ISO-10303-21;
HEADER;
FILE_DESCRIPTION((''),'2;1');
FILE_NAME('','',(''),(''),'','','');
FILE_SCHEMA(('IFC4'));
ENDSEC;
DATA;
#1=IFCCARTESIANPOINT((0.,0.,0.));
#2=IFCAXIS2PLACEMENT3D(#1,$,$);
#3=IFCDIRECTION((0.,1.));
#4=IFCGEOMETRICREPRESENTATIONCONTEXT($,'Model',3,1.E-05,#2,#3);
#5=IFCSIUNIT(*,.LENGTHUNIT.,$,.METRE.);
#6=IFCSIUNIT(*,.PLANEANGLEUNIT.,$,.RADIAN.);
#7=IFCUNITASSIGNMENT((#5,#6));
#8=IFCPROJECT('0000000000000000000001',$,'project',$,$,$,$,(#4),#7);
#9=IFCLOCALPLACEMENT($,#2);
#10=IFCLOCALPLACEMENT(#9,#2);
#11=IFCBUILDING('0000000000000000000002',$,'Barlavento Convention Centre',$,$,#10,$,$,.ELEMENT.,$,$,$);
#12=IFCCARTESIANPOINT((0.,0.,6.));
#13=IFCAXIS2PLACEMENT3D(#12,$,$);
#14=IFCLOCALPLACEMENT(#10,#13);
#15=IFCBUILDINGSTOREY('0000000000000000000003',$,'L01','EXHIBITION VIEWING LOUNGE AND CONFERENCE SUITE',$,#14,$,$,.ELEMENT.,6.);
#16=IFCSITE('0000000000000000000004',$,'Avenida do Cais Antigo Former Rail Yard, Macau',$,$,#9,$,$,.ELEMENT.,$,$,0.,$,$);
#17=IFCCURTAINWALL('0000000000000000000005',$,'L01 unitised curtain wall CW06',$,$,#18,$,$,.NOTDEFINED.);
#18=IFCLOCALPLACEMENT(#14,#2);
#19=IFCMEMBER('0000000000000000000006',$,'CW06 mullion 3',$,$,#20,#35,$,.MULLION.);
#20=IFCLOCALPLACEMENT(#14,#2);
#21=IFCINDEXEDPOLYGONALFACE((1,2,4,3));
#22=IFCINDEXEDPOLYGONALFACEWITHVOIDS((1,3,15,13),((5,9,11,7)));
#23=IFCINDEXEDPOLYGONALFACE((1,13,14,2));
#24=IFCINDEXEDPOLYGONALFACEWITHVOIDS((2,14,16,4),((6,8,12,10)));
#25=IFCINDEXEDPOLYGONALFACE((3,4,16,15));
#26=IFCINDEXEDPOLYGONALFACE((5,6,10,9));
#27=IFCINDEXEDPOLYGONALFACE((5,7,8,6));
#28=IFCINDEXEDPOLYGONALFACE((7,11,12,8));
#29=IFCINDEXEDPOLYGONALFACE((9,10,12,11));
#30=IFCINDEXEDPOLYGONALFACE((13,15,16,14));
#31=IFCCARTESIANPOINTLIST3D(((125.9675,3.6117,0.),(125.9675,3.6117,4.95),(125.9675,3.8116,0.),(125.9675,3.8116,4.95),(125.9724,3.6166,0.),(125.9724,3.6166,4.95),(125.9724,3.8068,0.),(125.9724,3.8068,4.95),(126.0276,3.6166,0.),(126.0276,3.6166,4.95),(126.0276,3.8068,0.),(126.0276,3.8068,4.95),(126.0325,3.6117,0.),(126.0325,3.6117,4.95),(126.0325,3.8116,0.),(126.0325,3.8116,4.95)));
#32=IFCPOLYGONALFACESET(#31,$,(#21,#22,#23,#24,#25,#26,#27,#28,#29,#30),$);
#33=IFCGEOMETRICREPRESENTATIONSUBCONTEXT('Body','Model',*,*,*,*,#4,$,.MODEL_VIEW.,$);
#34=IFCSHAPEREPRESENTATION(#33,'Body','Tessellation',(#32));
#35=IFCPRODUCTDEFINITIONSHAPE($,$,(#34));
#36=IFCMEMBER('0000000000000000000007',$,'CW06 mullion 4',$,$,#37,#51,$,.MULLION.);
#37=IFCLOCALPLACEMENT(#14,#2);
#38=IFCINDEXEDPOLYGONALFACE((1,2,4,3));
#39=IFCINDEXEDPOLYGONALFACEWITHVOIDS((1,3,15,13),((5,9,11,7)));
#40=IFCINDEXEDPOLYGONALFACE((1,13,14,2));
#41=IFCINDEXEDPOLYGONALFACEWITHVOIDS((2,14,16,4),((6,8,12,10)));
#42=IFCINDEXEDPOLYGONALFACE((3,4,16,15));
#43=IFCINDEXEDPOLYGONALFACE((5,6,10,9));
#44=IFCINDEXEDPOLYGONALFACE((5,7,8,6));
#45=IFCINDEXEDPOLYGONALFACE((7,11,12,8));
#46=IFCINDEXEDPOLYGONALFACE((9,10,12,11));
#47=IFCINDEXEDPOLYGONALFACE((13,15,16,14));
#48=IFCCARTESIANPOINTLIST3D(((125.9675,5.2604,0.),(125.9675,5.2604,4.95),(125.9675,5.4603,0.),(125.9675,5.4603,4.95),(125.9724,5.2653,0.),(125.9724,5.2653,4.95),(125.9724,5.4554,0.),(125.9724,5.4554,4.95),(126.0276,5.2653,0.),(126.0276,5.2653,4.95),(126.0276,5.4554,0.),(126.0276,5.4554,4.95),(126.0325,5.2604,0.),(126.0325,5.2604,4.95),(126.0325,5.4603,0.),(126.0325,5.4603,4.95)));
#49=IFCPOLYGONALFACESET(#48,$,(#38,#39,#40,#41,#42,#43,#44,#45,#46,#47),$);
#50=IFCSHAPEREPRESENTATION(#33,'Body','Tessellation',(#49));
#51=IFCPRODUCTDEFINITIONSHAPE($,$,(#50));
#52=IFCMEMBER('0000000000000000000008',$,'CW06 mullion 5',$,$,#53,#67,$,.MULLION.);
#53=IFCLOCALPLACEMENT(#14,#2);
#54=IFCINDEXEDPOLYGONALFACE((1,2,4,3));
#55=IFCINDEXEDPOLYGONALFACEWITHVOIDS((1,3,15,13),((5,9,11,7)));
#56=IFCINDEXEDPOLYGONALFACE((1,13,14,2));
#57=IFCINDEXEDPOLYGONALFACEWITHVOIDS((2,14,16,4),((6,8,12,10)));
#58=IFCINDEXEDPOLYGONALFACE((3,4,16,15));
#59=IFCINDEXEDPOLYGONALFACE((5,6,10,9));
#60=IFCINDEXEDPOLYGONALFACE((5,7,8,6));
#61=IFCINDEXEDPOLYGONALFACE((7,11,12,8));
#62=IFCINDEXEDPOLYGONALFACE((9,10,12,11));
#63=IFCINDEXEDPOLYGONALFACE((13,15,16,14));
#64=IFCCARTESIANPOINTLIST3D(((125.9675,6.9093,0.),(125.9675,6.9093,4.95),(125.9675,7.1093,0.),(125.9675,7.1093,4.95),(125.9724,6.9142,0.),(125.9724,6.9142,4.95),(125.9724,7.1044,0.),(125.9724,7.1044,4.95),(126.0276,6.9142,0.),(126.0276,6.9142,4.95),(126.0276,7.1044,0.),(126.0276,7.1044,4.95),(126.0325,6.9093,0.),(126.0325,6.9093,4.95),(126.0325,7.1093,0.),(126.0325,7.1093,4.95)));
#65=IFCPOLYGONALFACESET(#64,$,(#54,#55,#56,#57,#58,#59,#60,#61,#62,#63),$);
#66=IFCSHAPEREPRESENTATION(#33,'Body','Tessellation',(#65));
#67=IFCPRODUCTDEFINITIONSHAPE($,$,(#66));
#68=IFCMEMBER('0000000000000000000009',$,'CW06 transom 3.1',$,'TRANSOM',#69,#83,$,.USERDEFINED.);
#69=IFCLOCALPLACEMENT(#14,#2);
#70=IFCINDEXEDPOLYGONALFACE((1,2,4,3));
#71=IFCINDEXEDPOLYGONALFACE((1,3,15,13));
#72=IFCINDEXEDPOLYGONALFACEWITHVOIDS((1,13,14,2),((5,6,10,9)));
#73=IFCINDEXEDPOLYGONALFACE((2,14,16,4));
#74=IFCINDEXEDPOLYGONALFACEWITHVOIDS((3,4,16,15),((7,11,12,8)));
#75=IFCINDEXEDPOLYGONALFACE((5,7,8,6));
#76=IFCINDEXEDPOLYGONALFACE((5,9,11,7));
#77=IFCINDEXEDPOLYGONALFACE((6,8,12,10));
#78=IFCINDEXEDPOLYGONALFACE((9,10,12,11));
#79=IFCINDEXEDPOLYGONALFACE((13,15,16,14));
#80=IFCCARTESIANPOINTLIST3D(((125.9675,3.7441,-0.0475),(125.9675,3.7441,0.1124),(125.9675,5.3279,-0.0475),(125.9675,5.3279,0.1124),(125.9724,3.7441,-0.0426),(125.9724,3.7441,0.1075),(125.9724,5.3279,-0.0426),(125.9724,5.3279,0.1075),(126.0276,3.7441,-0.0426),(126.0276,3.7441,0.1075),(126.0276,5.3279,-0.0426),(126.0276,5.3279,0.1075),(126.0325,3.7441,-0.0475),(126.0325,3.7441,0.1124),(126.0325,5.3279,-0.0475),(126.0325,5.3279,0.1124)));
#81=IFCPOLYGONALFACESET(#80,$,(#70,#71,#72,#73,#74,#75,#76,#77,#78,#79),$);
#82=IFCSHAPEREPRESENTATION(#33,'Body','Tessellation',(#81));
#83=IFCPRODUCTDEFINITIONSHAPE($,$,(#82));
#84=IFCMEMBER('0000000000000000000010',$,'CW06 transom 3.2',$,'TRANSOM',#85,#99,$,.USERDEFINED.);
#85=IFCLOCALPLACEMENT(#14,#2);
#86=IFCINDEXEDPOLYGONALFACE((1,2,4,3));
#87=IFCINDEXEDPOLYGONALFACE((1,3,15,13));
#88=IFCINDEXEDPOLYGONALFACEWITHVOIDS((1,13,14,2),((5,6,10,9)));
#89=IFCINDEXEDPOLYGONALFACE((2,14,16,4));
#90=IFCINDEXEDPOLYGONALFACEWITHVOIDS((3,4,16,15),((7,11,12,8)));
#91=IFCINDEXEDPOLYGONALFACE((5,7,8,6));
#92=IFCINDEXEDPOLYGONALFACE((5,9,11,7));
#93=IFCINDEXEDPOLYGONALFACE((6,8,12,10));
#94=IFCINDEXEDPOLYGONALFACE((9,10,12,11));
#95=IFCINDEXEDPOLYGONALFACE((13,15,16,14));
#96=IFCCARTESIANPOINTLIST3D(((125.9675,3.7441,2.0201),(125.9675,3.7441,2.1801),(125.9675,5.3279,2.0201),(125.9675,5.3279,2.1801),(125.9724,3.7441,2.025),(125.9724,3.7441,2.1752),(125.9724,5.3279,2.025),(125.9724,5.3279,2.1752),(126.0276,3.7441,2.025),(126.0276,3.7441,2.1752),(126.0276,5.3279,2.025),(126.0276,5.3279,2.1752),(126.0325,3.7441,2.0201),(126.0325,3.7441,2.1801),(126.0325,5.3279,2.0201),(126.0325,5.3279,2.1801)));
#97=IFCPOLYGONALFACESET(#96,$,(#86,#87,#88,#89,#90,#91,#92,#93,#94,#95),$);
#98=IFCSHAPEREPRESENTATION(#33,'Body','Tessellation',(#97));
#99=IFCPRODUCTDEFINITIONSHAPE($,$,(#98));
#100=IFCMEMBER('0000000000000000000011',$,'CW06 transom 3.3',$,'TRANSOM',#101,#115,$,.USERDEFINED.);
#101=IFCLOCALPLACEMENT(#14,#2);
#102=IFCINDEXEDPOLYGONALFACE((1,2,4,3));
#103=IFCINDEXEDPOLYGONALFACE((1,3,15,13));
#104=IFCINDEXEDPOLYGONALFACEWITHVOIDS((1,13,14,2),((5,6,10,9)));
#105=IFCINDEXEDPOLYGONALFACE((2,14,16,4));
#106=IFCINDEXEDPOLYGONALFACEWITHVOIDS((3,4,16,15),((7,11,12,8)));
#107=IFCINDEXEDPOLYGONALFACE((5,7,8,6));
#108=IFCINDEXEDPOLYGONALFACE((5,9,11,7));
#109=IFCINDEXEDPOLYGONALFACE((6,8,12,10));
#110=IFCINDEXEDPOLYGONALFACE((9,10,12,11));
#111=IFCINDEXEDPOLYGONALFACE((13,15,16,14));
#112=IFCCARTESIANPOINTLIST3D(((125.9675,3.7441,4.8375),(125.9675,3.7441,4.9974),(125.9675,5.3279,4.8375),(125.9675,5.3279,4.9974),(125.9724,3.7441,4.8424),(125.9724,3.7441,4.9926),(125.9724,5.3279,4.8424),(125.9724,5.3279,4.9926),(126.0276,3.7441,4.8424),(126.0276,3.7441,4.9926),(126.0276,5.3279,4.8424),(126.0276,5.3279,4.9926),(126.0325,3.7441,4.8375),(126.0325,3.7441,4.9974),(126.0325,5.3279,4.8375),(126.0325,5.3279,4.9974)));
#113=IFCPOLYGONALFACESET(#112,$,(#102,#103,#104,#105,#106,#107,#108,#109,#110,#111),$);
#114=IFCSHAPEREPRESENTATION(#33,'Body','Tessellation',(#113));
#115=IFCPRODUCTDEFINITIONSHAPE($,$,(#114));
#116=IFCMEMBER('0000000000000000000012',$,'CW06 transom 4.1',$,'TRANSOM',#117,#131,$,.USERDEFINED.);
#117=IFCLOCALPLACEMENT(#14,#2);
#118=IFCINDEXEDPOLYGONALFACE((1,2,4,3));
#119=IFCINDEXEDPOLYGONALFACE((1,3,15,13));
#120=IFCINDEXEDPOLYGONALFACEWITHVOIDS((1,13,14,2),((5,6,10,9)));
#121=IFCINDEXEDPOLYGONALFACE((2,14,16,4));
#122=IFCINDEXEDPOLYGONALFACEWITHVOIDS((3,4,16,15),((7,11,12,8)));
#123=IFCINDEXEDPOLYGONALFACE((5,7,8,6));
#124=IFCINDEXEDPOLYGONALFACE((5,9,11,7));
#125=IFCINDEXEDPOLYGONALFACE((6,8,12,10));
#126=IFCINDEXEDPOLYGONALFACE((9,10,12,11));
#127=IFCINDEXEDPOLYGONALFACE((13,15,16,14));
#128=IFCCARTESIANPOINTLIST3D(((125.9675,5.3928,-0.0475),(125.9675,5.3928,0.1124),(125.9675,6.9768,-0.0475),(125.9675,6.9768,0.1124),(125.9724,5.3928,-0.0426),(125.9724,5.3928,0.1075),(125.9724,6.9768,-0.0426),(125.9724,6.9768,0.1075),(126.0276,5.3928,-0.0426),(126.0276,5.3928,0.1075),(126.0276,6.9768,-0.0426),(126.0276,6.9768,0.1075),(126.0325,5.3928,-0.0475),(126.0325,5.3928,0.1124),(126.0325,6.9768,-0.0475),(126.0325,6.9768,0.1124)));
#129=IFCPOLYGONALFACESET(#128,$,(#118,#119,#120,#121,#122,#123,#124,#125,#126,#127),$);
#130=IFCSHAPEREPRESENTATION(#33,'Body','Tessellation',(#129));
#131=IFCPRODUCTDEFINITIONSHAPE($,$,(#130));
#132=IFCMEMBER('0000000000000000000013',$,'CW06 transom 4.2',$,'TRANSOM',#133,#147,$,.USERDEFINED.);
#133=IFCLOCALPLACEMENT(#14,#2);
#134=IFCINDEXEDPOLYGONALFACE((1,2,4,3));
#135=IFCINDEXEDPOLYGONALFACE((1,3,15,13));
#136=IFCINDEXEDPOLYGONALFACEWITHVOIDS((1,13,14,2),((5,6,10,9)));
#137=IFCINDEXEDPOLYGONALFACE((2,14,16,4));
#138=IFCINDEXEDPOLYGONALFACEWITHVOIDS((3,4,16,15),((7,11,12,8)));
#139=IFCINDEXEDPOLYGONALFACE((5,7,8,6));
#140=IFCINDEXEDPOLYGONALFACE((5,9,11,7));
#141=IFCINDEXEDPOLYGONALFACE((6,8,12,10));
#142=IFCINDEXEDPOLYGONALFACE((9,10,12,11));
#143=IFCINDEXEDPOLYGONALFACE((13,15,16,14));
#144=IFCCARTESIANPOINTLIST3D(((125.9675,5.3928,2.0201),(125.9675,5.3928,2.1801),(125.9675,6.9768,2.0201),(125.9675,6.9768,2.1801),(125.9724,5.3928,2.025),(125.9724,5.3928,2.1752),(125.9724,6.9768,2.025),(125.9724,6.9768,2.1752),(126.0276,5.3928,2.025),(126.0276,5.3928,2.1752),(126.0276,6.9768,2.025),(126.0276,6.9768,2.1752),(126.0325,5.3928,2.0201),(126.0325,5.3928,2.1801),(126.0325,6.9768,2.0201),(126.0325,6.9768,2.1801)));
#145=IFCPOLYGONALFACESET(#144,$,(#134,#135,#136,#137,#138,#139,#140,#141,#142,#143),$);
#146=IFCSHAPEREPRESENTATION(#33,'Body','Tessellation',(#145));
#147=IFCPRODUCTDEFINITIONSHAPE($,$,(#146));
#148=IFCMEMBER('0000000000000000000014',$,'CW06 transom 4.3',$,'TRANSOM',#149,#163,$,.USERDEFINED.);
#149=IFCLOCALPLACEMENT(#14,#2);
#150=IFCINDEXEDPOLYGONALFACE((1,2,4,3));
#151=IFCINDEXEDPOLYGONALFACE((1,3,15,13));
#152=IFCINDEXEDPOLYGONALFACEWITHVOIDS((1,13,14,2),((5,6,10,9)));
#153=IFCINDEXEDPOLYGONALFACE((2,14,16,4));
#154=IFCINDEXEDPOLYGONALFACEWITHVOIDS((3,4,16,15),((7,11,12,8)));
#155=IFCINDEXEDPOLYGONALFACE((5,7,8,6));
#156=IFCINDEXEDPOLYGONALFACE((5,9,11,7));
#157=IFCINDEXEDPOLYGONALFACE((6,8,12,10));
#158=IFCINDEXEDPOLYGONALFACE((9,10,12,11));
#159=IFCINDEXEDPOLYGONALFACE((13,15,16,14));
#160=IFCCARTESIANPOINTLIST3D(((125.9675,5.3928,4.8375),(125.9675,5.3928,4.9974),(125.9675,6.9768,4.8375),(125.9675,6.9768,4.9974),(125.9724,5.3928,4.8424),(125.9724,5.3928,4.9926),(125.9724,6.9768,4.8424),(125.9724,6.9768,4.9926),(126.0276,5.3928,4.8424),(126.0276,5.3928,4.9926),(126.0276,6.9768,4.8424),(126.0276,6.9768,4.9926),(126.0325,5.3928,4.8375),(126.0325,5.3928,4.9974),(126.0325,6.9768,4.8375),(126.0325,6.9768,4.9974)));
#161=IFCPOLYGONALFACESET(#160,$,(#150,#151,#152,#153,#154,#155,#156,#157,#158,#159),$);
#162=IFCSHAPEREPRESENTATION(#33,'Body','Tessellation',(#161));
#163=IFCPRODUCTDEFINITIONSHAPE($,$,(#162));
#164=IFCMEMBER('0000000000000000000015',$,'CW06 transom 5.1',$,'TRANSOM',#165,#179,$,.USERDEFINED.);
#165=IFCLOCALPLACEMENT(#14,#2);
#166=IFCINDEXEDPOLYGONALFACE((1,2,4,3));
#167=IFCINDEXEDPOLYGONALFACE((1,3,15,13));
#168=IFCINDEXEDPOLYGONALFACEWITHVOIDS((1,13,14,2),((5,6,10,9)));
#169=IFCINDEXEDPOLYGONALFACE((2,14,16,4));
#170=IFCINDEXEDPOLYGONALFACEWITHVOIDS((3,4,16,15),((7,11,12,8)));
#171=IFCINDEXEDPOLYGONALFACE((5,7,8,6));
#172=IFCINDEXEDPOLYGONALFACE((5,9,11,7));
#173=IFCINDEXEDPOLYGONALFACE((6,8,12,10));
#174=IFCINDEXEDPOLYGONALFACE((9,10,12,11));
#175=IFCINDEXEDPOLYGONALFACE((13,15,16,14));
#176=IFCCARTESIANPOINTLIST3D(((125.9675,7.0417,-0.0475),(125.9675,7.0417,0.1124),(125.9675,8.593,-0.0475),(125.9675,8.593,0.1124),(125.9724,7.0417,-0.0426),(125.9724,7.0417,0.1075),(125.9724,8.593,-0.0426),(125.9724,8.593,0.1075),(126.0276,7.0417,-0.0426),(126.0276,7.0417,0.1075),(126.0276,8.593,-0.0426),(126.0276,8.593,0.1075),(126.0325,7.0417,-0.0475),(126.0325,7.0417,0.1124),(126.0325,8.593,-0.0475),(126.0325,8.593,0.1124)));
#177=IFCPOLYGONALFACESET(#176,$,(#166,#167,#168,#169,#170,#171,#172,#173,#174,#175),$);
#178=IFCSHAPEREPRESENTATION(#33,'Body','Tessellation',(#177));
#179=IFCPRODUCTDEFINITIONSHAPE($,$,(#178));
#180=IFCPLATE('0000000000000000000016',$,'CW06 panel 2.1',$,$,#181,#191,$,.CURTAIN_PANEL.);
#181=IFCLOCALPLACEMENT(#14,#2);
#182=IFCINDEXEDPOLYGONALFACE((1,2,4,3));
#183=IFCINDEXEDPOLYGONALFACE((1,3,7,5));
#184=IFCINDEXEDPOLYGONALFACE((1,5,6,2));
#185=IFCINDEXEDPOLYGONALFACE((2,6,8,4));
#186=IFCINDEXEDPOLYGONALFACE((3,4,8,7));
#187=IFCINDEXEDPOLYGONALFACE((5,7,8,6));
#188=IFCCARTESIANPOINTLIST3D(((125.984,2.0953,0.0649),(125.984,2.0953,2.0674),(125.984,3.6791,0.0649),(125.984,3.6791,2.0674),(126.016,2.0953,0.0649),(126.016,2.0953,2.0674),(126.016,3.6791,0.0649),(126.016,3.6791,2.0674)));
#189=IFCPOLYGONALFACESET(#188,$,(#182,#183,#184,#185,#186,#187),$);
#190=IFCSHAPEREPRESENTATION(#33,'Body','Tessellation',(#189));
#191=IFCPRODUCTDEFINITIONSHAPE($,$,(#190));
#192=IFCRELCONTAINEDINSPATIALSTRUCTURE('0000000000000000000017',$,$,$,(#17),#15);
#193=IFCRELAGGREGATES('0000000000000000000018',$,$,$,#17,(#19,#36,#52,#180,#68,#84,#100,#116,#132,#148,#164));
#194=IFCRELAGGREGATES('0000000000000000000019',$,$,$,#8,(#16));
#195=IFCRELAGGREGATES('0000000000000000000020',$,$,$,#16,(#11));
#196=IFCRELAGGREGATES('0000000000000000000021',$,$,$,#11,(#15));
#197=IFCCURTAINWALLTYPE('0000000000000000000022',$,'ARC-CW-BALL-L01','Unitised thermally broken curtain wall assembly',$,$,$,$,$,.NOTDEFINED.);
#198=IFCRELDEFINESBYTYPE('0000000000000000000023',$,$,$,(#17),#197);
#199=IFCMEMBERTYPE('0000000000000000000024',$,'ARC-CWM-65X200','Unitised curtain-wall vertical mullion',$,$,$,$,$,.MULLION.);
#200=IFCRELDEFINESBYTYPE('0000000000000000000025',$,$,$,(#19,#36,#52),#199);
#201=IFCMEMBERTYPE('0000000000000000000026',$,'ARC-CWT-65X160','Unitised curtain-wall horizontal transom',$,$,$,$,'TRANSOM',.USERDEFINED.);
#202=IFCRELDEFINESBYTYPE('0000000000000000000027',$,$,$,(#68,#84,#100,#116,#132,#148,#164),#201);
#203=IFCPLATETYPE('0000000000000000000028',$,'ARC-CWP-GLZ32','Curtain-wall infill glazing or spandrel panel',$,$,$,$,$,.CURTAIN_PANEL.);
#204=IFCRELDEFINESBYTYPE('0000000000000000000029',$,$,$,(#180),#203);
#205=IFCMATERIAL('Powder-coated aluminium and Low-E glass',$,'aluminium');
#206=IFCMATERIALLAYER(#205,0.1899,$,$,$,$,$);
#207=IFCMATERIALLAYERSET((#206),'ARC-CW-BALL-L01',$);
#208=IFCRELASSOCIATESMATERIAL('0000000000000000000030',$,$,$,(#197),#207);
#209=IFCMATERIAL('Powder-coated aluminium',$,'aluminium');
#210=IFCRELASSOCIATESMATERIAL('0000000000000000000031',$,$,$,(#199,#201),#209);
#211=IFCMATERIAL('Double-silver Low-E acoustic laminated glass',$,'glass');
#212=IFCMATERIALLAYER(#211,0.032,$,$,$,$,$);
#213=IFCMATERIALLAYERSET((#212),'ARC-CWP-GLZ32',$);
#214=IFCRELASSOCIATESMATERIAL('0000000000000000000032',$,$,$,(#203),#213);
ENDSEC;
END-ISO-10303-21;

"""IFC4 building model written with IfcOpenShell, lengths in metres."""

from ifc_helpers import new_model, si_unit, direction, frame, origin, origin_2d, place, context, subcontext, project, spatial, rectangle, hollow_rectangle, extrude, material, layer, layer_set, material_profile, profile_set, type_object, element, aggregate, save


model = new_model("IFC4")

# Units and contexts
model_context = context("Model", 3, precision=1e-05, world=origin(), true_north=direction((0.0, 1.0)))
body_context = subcontext(model_context, "Body", "Model", "MODEL_VIEW")
ifc_project = project(units=[si_unit("LENGTHUNIT", "METRE"), si_unit("PLANEANGLEUNIT", "RADIAN")], contexts=[model_context])

# Site, building, storey
site_placement = place(None, origin())
site = spatial("IfcSite", under=ifc_project, at=site_placement, Name="Avenida do Cais Antigo Former Rail Yard, Macau", CompositionType="ELEMENT", RefElevation=0.0)
building_placement = place(site_placement, origin())
building = spatial("IfcBuilding", under=site, at=building_placement, Name="Barlavento Convention Centre", CompositionType="ELEMENT")
storey_placement = place(building_placement, frame((0.0, 0.0, 6.0)))
storey = spatial("IfcBuildingStorey", under=building, at=storey_placement, Name="L01", Description="EXHIBITION VIEWING LOUNGE AND CONFERENCE SUITE", CompositionType="ELEMENT", Elevation=6.0)

# Curtain wall, members, plate
ifc_material_1 = material(Name="Powder-coated aluminium and Low-E glass", Category="aluminium")
ifc_layer_1 = layer(ifc_material_1, 0.1899)
ifc_layer_set_1 = layer_set([ifc_layer_1], Name="ARC-CW-BALL-L01")
curtain_wall_type = type_object("IfcCurtainWallType", Name="ARC-CW-BALL-L01", Description="Unitised thermally broken curtain wall assembly", PredefinedType="NOTDEFINED", material=ifc_layer_set_1)
curtain_wall_placement = place(storey_placement, origin())
curtain_wall = element("IfcCurtainWall", 1, at=curtain_wall_placement, inside=storey, type_object=curtain_wall_type, Name="L01 unitised curtain wall CW06", PredefinedType="NOTDEFINED")
ifc_material_2 = material(Name="Powder-coated aluminium", Category="aluminium")
ifc_material_profile_1 = material_profile(ifc_material_2, hollow_rectangle(XDim=0.0649, YDim=0.2, WallThickness=0.0049, at=origin_2d()), Name="AL-MULL 65x200x5")
ifc_profile_set_1 = profile_set([ifc_material_profile_1], Name="Powder-coated aluminium")
member_type_1 = type_object("IfcMemberType", Name="ARC-CWM-65X200", Description="Unitised curtain-wall vertical mullion", PredefinedType="MULLION", material=ifc_profile_set_1)
member_1_placement = place(storey_placement, frame((126.0, 3.7117, 0.0), z_axis=(0.0, 0.0, 1.0), x_axis=(-1.0, 0.0, 0.0)))
member_1 = element("IfcMember", 2, at=member_1_placement, type_object=member_type_1, Name="CW06 mullion 3", PredefinedType="MULLION", context=body_context, shape_type="SweptSolid", body=[
    extrude(hollow_rectangle(XDim=0.0649, YDim=0.2, WallThickness=0.0049, at=origin_2d()), origin(), (0.0, 0.0, 1.0), 4.95),
])
member_2_placement = place(storey_placement, frame((126.0, 5.3604, 0.0), z_axis=(0.0, 0.0, 1.0), x_axis=(-1.0, 0.0, 0.0)))
member_2 = element("IfcMember", 3, at=member_2_placement, type_object=member_type_1, Name="CW06 mullion 4", PredefinedType="MULLION", context=body_context, shape_type="SweptSolid", body=[
    extrude(hollow_rectangle(XDim=0.0649, YDim=0.2, WallThickness=0.0049, at=origin_2d()), origin(), (0.0, 0.0, 1.0), 4.95),
])
member_3_placement = place(storey_placement, frame((126.0, 7.0093, 0.0), z_axis=(0.0, 0.0, 1.0), x_axis=(-1.0, 0.0, 0.0)))
member_3 = element("IfcMember", 4, at=member_3_placement, type_object=member_type_1, Name="CW06 mullion 5", PredefinedType="MULLION", context=body_context, shape_type="SweptSolid", body=[
    extrude(hollow_rectangle(XDim=0.0649, YDim=0.2, WallThickness=0.0049, at=origin_2d()), origin(), (0.0, 0.0, 1.0), 4.95),
])
ifc_material_profile_2 = material_profile(ifc_material_2, hollow_rectangle(XDim=0.0649, YDim=0.1599, WallThickness=0.0049, at=origin_2d()), Name="AL-TRAN 65x160x5")
ifc_profile_set_2 = profile_set([ifc_material_profile_2], Name="Powder-coated aluminium")
member_type_2 = type_object("IfcMemberType", Name="ARC-CWT-65X160", Description="Unitised curtain-wall horizontal transom", ElementType="TRANSOM", PredefinedType="USERDEFINED", material=ifc_profile_set_2)
member_4_placement = place(storey_placement, frame((126.0, 3.7441, 0.0325), z_axis=(0.0, 1.0, 0.0), x_axis=(-1.0, 0.0, 0.0)))
member_4 = element("IfcMember", 5, at=member_4_placement, type_object=member_type_2, Name="CW06 transom 3.1", ObjectType="TRANSOM", PredefinedType="USERDEFINED", context=body_context, shape_type="SweptSolid", body=[
    extrude(hollow_rectangle(XDim=0.0649, YDim=0.1599, WallThickness=0.0049, at=origin_2d()), origin(), (0.0, 0.0, 1.0), 1.5837),
])
member_5_placement = place(storey_placement, frame((126.0, 3.7441, 2.1001), z_axis=(0.0, 1.0, 0.0), x_axis=(-1.0, 0.0, 0.0)))
member_5 = element("IfcMember", 6, at=member_5_placement, type_object=member_type_2, Name="CW06 transom 3.2", ObjectType="TRANSOM", PredefinedType="USERDEFINED", context=body_context, shape_type="SweptSolid", body=[
    extrude(hollow_rectangle(XDim=0.0649, YDim=0.1599, WallThickness=0.0049, at=origin_2d()), origin(), (0.0, 0.0, 1.0), 1.5837),
])
member_6_placement = place(storey_placement, frame((126.0, 3.7441, 4.9175), z_axis=(0.0, 1.0, 0.0), x_axis=(-1.0, 0.0, 0.0)))
member_6 = element("IfcMember", 7, at=member_6_placement, type_object=member_type_2, Name="CW06 transom 3.3", ObjectType="TRANSOM", PredefinedType="USERDEFINED", context=body_context, shape_type="SweptSolid", body=[
    extrude(hollow_rectangle(XDim=0.0649, YDim=0.1599, WallThickness=0.0049, at=origin_2d()), origin(), (0.0, 0.0, 1.0), 1.5837),
])
member_7_placement = place(storey_placement, frame((126.0, 5.3928, 0.0325), z_axis=(0.0, 1.0, 0.0), x_axis=(-1.0, 0.0, 0.0)))
member_7 = element("IfcMember", 8, at=member_7_placement, type_object=member_type_2, Name="CW06 transom 4.1", ObjectType="TRANSOM", PredefinedType="USERDEFINED", context=body_context, shape_type="SweptSolid", body=[
    extrude(hollow_rectangle(XDim=0.0649, YDim=0.1599, WallThickness=0.0049, at=origin_2d()), origin(), (0.0, 0.0, 1.0), 1.584),
])
member_8_placement = place(storey_placement, frame((126.0, 5.3928, 2.1001), z_axis=(0.0, 1.0, 0.0), x_axis=(-1.0, 0.0, 0.0)))
member_8 = element("IfcMember", 9, at=member_8_placement, type_object=member_type_2, Name="CW06 transom 4.2", ObjectType="TRANSOM", PredefinedType="USERDEFINED", context=body_context, shape_type="SweptSolid", body=[
    extrude(hollow_rectangle(XDim=0.0649, YDim=0.1599, WallThickness=0.0049, at=origin_2d()), origin(), (0.0, 0.0, 1.0), 1.584),
])
member_9_placement = place(storey_placement, frame((126.0, 5.3928, 4.9175), z_axis=(0.0, 1.0, 0.0), x_axis=(-1.0, 0.0, 0.0)))
member_9 = element("IfcMember", 10, at=member_9_placement, type_object=member_type_2, Name="CW06 transom 4.3", ObjectType="TRANSOM", PredefinedType="USERDEFINED", context=body_context, shape_type="SweptSolid", body=[
    extrude(hollow_rectangle(XDim=0.0649, YDim=0.1599, WallThickness=0.0049, at=origin_2d()), origin(), (0.0, 0.0, 1.0), 1.584),
])
member_10_placement = place(storey_placement, frame((126.0, 7.0417, 0.0325), z_axis=(0.0, 1.0, 0.0), x_axis=(-1.0, 0.0, 0.0)))
member_10 = element("IfcMember", 11, at=member_10_placement, type_object=member_type_2, Name="CW06 transom 5.1", ObjectType="TRANSOM", PredefinedType="USERDEFINED", context=body_context, shape_type="SweptSolid", body=[
    extrude(hollow_rectangle(XDim=0.0649, YDim=0.1599, WallThickness=0.0049, at=origin_2d()), origin(), (0.0, 0.0, 1.0), 1.5513),
])
ifc_material_3 = material(Name="Double-silver Low-E acoustic laminated glass", Category="glass")
ifc_layer_2 = layer(ifc_material_3, 0.032)
ifc_layer_set_2 = layer_set([ifc_layer_2], Name="ARC-CWP-GLZ32")
plate_type = type_object("IfcPlateType", Name="ARC-CWP-GLZ32", Description="Curtain-wall infill glazing or spandrel panel", PredefinedType="CURTAIN_PANEL", material=ifc_layer_set_2)
plate_1_placement = place(storey_placement, frame((126.0, 2.8872, 0.0649), z_axis=(0.0, 0.0, 1.0), x_axis=(0.0, 1.0, 0.0)))
plate_1 = element("IfcPlate", 12, at=plate_1_placement, type_object=plate_type, Name="CW06 panel 2.1", PredefinedType="CURTAIN_PANEL", context=body_context, shape_type="SweptSolid", body=[
    extrude(rectangle(XDim=1.5837, YDim=0.032, at=origin_2d()), origin(), (0.0, 0.0, 1.0), 2.0024),
])
aggregate(curtain_wall, [member_1, member_2, member_3, plate_1, member_4, member_5, member_6, member_7, member_8, member_9, member_10])

save(model, "model.ifc")
